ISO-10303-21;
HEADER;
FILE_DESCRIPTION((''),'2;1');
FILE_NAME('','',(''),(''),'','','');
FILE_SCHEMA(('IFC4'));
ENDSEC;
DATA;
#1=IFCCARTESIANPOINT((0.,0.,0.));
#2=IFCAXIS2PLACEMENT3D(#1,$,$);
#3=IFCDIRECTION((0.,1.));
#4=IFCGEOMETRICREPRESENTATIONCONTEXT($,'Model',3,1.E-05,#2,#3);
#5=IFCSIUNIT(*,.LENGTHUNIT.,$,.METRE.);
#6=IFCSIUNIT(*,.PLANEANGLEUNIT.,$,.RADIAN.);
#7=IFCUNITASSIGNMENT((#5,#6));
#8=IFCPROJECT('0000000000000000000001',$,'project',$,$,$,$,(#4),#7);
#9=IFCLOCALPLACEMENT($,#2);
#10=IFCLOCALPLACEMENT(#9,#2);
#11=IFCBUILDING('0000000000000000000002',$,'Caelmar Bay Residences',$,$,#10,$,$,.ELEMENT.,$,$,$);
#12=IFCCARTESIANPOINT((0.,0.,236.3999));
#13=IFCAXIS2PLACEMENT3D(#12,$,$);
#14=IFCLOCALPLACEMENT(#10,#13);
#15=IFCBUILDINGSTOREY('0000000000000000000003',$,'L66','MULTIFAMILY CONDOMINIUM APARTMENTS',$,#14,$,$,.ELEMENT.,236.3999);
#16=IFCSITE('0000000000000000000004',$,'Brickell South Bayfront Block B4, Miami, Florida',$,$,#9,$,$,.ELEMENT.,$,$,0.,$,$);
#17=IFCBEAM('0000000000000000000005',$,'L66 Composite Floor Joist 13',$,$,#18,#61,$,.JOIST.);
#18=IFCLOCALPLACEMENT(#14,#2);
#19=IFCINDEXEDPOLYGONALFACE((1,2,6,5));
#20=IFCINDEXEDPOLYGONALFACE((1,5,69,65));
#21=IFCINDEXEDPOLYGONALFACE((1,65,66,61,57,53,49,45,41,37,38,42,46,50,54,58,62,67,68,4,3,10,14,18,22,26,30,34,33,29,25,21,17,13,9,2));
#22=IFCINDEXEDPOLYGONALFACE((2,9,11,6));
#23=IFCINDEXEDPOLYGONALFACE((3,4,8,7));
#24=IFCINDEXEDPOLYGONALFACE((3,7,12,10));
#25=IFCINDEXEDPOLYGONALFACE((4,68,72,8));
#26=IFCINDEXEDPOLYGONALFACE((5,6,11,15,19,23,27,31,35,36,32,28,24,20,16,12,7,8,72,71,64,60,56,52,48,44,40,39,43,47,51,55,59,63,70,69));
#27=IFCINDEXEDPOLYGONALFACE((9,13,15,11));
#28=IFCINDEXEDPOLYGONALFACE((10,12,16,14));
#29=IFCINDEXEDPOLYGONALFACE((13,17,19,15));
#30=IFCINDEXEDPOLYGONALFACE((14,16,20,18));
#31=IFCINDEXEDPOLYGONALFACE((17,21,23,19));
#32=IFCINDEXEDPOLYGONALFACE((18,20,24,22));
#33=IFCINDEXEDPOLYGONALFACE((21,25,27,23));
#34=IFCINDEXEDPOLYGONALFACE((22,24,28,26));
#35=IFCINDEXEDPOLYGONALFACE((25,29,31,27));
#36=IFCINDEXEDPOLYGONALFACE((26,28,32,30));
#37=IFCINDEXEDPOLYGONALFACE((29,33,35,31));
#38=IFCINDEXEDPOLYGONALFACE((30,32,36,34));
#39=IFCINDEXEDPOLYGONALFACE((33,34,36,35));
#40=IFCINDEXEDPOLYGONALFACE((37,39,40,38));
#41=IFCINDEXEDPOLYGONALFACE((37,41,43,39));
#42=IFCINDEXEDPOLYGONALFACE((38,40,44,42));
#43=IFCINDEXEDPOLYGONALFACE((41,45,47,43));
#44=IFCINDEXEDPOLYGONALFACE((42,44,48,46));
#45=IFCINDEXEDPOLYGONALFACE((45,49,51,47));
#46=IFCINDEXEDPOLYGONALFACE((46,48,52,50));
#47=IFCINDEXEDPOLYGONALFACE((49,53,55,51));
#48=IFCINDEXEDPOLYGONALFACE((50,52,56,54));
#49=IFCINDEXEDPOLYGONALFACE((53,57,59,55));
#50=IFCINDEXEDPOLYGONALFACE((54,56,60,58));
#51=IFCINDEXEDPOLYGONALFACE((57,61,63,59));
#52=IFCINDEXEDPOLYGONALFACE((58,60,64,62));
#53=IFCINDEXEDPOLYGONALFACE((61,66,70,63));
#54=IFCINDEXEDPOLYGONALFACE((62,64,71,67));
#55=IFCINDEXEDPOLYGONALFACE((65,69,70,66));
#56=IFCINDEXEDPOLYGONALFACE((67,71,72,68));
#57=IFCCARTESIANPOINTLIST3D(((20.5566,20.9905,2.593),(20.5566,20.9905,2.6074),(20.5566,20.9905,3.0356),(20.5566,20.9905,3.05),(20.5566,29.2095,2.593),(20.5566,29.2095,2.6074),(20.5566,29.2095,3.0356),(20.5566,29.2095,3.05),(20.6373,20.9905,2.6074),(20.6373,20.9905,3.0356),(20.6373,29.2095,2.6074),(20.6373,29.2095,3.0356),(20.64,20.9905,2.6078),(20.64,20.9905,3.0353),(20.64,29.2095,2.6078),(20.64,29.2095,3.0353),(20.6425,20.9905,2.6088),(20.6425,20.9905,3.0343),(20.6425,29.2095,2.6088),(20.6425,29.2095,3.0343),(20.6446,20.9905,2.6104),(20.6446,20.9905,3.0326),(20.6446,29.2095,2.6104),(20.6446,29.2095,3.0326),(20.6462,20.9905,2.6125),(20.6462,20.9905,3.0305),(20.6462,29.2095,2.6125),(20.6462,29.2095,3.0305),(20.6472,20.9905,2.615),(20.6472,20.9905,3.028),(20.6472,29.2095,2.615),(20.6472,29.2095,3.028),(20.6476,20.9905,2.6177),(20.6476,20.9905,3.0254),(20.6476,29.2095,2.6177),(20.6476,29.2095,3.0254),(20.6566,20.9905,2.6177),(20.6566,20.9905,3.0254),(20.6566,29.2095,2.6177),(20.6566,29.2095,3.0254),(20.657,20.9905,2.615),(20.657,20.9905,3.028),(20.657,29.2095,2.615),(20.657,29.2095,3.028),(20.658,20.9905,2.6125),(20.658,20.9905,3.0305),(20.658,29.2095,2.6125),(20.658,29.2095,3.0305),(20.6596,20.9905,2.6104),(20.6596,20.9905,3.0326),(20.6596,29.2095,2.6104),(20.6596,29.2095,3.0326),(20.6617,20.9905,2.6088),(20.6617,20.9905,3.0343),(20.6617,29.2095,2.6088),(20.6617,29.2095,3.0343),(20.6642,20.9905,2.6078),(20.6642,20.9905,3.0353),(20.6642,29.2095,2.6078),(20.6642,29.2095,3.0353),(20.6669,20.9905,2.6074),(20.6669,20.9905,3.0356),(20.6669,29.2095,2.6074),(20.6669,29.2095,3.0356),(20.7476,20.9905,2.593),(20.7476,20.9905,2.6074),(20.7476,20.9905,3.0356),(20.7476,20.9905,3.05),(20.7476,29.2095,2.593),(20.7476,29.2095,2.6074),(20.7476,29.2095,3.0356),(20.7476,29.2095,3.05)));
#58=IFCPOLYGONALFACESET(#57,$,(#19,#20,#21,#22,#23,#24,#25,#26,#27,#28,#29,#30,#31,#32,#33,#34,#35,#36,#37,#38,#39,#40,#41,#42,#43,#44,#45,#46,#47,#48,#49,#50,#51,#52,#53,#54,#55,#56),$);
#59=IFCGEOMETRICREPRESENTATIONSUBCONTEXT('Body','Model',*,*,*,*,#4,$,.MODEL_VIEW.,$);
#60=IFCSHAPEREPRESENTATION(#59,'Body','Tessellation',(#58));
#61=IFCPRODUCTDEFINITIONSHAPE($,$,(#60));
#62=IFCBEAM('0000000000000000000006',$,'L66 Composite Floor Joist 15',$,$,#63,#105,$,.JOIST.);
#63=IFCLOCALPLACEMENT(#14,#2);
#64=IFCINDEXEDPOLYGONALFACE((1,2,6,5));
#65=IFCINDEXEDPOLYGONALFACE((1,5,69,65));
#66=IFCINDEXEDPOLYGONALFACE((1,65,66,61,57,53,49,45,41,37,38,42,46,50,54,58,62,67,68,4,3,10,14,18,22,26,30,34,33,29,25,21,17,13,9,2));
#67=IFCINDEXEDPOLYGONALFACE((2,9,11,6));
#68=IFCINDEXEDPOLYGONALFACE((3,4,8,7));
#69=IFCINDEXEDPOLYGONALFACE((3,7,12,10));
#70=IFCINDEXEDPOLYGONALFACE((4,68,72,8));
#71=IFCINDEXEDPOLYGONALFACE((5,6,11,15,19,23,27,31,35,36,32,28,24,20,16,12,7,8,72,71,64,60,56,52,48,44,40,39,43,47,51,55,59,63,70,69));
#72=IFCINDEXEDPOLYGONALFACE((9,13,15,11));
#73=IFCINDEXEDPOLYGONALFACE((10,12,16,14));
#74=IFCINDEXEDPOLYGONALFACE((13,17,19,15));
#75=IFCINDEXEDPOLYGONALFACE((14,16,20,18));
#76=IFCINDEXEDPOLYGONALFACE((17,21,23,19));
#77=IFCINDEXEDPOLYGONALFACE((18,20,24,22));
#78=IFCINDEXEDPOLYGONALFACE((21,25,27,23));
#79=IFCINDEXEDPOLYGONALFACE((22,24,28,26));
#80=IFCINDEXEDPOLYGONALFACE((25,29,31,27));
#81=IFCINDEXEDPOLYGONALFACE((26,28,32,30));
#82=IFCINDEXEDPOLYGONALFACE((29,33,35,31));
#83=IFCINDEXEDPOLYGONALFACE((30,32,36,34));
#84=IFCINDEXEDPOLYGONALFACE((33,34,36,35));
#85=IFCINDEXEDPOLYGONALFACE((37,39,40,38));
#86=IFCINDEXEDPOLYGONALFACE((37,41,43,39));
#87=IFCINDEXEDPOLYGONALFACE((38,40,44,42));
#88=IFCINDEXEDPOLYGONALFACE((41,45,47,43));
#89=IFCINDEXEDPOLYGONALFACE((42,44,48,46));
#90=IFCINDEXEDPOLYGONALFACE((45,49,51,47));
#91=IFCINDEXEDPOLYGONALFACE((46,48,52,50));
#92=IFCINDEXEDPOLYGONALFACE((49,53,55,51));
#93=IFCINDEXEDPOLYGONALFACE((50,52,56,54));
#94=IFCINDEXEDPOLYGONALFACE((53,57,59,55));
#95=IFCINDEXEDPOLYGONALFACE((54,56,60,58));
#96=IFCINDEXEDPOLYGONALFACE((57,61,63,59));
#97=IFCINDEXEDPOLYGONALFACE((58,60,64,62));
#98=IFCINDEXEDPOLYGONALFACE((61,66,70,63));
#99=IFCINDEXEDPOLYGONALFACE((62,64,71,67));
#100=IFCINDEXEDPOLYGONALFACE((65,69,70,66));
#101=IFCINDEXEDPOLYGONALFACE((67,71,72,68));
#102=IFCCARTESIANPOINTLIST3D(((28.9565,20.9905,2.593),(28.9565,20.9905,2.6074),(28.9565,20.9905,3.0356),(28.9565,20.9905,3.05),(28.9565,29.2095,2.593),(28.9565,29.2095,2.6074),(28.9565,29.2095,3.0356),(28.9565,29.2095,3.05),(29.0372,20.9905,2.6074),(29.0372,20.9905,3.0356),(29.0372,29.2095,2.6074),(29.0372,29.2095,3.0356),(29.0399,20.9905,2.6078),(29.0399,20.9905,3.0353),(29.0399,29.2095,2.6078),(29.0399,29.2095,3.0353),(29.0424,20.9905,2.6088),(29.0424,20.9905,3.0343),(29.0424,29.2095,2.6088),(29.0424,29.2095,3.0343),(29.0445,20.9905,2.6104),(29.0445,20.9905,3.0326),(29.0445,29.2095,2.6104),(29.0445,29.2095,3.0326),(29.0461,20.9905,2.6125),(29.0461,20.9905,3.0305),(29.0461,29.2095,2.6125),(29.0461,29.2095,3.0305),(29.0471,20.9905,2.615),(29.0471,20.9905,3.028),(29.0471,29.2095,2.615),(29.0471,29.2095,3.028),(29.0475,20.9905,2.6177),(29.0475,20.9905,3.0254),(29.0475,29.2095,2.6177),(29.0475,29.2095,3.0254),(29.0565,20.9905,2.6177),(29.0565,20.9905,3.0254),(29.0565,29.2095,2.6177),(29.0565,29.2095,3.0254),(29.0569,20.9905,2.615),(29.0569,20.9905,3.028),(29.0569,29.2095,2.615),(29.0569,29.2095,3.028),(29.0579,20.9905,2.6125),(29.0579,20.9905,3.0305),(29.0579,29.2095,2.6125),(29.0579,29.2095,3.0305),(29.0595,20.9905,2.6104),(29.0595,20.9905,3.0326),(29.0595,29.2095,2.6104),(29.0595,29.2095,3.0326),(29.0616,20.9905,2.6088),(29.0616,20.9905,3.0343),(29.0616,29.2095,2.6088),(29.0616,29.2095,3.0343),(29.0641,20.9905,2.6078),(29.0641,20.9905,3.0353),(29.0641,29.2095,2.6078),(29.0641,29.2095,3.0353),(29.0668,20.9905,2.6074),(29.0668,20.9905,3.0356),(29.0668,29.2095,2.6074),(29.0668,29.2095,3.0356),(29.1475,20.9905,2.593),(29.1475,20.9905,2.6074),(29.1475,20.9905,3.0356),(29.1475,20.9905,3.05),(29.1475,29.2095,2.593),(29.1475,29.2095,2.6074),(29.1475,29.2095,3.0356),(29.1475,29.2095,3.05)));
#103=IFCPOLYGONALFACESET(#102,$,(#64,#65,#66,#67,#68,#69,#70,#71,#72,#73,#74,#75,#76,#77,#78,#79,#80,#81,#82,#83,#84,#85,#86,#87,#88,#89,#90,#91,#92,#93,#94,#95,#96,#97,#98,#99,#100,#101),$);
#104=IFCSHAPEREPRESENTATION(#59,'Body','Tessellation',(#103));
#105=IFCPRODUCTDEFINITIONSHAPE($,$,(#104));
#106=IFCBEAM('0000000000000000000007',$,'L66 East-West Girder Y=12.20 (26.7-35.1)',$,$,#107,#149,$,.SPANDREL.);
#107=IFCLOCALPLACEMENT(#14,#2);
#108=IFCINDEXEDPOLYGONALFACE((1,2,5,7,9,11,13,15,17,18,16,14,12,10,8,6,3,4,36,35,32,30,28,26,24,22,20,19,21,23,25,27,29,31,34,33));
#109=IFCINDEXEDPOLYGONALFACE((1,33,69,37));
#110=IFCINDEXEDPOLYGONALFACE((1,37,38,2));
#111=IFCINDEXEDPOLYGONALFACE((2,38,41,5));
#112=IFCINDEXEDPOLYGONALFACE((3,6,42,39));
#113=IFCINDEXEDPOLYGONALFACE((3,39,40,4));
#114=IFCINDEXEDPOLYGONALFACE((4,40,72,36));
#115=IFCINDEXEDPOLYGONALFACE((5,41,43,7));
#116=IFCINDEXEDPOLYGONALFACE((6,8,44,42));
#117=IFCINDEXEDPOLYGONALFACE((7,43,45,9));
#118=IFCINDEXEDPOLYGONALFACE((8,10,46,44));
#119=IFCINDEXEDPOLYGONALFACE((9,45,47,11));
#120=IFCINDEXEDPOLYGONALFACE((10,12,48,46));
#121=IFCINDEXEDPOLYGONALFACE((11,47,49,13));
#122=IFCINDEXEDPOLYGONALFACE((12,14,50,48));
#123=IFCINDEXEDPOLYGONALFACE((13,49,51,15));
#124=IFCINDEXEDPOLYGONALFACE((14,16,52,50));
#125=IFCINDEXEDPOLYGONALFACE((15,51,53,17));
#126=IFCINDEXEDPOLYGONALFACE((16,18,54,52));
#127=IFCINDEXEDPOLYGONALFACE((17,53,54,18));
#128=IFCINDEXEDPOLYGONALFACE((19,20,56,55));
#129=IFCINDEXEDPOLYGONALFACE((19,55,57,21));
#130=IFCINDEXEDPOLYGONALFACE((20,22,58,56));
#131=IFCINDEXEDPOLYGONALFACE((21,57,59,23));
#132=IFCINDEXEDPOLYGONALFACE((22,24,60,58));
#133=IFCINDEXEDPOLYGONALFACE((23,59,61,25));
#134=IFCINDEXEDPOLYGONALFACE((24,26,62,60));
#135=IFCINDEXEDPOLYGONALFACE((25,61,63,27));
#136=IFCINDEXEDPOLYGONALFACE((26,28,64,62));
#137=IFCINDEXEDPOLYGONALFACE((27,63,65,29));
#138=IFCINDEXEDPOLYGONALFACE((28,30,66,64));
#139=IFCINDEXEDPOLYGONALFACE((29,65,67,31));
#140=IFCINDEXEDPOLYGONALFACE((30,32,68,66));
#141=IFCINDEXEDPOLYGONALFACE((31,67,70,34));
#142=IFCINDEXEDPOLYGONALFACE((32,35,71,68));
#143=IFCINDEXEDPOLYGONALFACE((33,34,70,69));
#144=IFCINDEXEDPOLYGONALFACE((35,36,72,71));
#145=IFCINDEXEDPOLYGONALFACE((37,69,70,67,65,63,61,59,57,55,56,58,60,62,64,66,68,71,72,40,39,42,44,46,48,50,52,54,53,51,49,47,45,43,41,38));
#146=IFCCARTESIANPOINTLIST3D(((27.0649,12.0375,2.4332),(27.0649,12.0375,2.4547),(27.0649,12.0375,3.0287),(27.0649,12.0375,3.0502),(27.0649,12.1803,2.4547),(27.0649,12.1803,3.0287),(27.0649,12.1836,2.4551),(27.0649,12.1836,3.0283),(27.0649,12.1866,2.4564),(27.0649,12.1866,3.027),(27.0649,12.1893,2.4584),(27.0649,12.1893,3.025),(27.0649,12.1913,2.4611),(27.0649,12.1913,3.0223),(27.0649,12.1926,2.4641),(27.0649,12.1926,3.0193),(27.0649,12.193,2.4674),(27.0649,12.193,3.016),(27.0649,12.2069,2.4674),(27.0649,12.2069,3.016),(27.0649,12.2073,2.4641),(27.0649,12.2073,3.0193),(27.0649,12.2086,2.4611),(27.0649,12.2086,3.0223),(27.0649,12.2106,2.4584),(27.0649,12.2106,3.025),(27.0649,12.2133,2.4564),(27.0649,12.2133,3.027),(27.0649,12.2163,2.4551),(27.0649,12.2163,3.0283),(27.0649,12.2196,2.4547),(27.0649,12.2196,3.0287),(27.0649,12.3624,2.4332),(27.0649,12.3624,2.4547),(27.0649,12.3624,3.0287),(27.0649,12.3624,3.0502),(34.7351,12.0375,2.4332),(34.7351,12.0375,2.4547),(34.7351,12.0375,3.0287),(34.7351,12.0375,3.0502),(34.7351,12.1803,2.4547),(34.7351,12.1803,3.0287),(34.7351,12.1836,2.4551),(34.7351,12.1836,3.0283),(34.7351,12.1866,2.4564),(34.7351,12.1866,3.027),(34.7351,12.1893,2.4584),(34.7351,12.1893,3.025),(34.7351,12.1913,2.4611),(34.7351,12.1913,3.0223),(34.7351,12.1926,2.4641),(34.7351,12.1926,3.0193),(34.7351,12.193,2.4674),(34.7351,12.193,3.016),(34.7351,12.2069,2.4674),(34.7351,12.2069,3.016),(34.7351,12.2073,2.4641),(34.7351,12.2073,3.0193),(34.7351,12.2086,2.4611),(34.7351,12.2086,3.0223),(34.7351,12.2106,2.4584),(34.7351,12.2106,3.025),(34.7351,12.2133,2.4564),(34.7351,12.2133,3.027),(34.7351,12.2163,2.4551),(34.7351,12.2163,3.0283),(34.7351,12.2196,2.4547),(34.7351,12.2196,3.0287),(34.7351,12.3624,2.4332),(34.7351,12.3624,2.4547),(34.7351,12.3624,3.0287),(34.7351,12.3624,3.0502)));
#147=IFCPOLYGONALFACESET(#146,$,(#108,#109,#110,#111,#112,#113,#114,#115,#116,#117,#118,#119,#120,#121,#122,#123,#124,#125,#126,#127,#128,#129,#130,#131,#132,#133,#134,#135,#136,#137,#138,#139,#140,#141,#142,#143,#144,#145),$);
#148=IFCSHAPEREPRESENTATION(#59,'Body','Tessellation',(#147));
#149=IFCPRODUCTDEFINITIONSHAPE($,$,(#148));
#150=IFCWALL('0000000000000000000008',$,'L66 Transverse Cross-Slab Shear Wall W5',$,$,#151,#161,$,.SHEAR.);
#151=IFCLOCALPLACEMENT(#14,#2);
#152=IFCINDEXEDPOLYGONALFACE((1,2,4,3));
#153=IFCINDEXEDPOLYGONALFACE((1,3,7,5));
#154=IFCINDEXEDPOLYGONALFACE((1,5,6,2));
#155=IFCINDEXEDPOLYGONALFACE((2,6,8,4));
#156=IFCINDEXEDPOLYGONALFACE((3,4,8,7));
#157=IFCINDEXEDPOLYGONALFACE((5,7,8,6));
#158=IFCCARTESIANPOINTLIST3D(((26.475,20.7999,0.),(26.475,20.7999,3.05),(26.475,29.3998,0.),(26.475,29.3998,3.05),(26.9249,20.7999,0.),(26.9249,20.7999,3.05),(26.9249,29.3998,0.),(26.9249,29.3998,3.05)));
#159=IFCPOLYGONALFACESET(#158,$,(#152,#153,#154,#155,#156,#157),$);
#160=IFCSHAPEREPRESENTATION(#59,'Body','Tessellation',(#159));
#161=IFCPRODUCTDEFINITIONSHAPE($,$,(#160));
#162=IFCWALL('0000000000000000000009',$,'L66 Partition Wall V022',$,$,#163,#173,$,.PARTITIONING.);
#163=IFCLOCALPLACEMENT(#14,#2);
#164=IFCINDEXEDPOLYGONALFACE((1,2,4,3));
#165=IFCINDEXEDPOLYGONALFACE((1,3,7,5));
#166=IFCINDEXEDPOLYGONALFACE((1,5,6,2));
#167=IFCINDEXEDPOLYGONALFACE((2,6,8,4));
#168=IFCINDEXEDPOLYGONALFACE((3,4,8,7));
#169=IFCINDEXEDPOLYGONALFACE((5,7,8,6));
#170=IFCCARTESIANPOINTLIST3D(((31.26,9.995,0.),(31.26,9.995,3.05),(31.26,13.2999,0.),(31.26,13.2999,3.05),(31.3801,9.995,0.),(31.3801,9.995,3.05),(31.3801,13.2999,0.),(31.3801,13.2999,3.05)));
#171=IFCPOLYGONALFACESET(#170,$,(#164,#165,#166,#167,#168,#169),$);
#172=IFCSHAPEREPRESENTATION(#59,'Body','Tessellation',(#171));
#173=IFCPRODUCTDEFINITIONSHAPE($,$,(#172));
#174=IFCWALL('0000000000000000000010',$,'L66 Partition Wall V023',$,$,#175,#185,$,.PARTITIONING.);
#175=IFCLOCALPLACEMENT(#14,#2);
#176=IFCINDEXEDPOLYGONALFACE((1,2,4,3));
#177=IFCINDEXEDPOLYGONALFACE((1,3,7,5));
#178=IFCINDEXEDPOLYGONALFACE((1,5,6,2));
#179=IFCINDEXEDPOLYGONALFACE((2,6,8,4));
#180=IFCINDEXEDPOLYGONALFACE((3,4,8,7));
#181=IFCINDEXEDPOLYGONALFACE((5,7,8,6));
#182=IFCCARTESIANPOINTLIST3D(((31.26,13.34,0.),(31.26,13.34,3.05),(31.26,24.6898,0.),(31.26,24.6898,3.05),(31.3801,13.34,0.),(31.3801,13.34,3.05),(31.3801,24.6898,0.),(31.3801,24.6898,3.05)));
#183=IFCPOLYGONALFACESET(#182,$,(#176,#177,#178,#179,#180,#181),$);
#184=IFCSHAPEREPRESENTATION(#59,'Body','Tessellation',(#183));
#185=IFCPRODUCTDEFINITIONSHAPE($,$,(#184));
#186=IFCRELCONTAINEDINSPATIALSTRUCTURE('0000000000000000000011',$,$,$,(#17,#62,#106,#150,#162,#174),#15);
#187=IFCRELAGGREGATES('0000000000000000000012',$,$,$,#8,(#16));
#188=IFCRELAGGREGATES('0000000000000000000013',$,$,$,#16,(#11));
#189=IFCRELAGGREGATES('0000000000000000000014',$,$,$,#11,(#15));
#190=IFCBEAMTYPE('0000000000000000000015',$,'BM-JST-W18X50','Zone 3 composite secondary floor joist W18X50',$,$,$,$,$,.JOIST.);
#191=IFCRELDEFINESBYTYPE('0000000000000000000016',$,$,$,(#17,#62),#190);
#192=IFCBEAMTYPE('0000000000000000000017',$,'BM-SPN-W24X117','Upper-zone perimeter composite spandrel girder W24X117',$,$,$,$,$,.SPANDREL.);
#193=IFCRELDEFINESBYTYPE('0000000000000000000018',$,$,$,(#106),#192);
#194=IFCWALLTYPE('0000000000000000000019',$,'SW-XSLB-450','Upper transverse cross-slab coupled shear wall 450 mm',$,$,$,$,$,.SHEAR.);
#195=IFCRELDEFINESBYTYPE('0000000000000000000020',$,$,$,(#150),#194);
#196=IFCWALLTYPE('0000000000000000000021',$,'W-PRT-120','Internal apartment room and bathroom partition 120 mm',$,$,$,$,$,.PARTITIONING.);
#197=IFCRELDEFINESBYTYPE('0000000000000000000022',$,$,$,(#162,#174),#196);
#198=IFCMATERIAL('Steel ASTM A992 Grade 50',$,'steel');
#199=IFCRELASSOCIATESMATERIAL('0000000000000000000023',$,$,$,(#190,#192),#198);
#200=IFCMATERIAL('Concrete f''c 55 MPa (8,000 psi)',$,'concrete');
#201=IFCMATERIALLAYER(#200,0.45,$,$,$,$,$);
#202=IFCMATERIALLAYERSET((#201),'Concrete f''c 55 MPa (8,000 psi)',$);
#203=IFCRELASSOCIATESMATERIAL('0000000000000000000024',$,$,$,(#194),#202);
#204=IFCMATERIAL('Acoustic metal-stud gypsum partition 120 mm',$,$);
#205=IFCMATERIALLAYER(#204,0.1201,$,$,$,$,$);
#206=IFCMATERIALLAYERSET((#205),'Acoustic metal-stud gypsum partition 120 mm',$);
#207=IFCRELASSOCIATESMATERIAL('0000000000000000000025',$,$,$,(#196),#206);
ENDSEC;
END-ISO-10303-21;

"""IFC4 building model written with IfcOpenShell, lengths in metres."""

from ifc_helpers import new_model, si_unit, direction, frame, frame_2d, origin, origin_2d, place, context, subcontext, project, spatial, rectangle, i_section, extrude, material, layer, layer_set, material_profile, profile_set, type_object, element, save


model = new_model("IFC4")

# Units and contexts
model_context = context("Model", 3, precision=1e-05, world=origin(), true_north=direction((0.0, 1.0)))
body_context = subcontext(model_context, "Body", "Model", "MODEL_VIEW")
ifc_project = project(units=[si_unit("LENGTHUNIT", "METRE"), si_unit("PLANEANGLEUNIT", "RADIAN")], contexts=[model_context])

# Site, building, storey
site_placement = place(None, origin())
site = spatial("IfcSite", under=ifc_project, at=site_placement, Name="Brickell South Bayfront Block B4, Miami, Florida", CompositionType="ELEMENT", RefElevation=0.0)
building_placement = place(site_placement, origin())
building = spatial("IfcBuilding", under=site, at=building_placement, Name="Caelmar Bay Residences", CompositionType="ELEMENT")
storey_placement = place(building_placement, frame((0.0, 0.0, 236.3999)))
storey = spatial("IfcBuildingStorey", under=building, at=storey_placement, Name="L66", Description="MULTIFAMILY CONDOMINIUM APARTMENTS", CompositionType="ELEMENT", Elevation=236.3999)

# Shared definitions
ifc_material_1 = material(Name="Concrete f'c 55 MPa (8,000 psi)", Category="concrete")

# Beams
ifc_material_2 = material(Name="Steel ASTM A992 Grade 50", Category="steel")
ifc_material_profile_1 = material_profile(ifc_material_2, i_section(OverallWidth=0.1909, OverallDepth=0.457, WebThickness=0.009, FlangeThickness=0.0144, FilletRadius=0.0103, at=origin_2d()), Name="W18X50")
ifc_profile_set_1 = profile_set([ifc_material_profile_1], Name="Steel ASTM A992 Grade 50")
beam_type_1 = type_object("IfcBeamType", Name="BM-JST-W18X50", Description="Zone 3 composite secondary floor joist W18X50", PredefinedType="JOIST", material=ifc_profile_set_1)
for number, where, z_axis, x_axis, name in (
    (1, (20.6521, 20.9905, 2.8215), (0.0, 1.0, 0.0), (-1.0, 0.0, 0.0), "L66 Composite Floor Joist 13"),
    (2, (29.052, 20.9905, 2.8215), (0.0, 1.0, 0.0), (-1.0, 0.0, 0.0), "L66 Composite Floor Joist 15"),
):
    element("IfcBeam", number, at=place(storey_placement, frame(where, z_axis=z_axis, x_axis=x_axis)), inside=storey, type_object=beam_type_1, Name=name, PredefinedType="JOIST", context=body_context, shape_type="SweptSolid", body=[
        extrude(i_section(OverallWidth=0.1909, OverallDepth=0.457, WebThickness=0.009, FlangeThickness=0.0144, FilletRadius=0.0103, at=origin_2d()), origin(), (0.0, 0.0, 1.0), 8.219),
    ])
ifc_material_profile_2 = material_profile(ifc_material_2, i_section(OverallWidth=0.325, OverallDepth=0.6169, WebThickness=0.0139, FlangeThickness=0.0215, FilletRadius=0.0127, at=origin_2d()), Name="W24X117")
ifc_profile_set_2 = profile_set([ifc_material_profile_2], Name="Steel ASTM A992 Grade 50")
beam_type_2 = type_object("IfcBeamType", Name="BM-SPN-W24X117", Description="Upper-zone perimeter composite spandrel girder W24X117", PredefinedType="SPANDREL", material=ifc_profile_set_2)
beam_1_placement = place(storey_placement, frame((27.0649, 12.2, 2.7417), z_axis=(1.0, 0.0, 0.0), x_axis=(0.0, 1.0, 0.0)))
element("IfcBeam", 3, at=beam_1_placement, inside=storey, type_object=beam_type_2, Name="L66 East-West Girder Y=12.20 (26.7-35.1)", PredefinedType="SPANDREL", context=body_context, shape_type="SweptSolid", body=[
    extrude(i_section(OverallWidth=0.325, OverallDepth=0.6169, WebThickness=0.0139, FlangeThickness=0.0215, FilletRadius=0.0127, at=origin_2d()), origin(), (0.0, 0.0, 1.0), 7.6702),
])

# Walls
ifc_layer_1 = layer(ifc_material_1, 0.45)
ifc_layer_set_1 = layer_set([ifc_layer_1], Name="Concrete f'c 55 MPa (8,000 psi)")
wall_type_1 = type_object("IfcWallType", Name="SW-XSLB-450", Description="Upper transverse cross-slab coupled shear wall 450 mm", PredefinedType="SHEAR", material=ifc_layer_set_1)
wall_1_placement = place(storey_placement, frame((26.7, 20.8, 0.0), z_axis=(0.0, 0.0, 1.0), x_axis=(0.0, 1.0, 0.0)))
element("IfcWall", 4, at=wall_1_placement, inside=storey, type_object=wall_type_1, Name="L66 Transverse Cross-Slab Shear Wall W5", PredefinedType="SHEAR", context=body_context, shape_type="SweptSolid", body=[
    extrude(rectangle(XDim=8.5999, YDim=0.45, at=frame_2d((4.2998, 0.0))), origin(), (0.0, 0.0, 1.0), 3.05),
])
ifc_material_3 = material(Name="Acoustic metal-stud gypsum partition 120 mm")
ifc_layer_2 = layer(ifc_material_3, 0.1201)
ifc_layer_set_2 = layer_set([ifc_layer_2], Name="Acoustic metal-stud gypsum partition 120 mm")
wall_type_2 = type_object("IfcWallType", Name="W-PRT-120", Description="Internal apartment room and bathroom partition 120 mm", PredefinedType="PARTITIONING", material=ifc_layer_set_2)
wall_2_placement = place(storey_placement, frame((31.3201, 9.9951, 0.0), z_axis=(0.0, 0.0, 1.0), x_axis=(0.0, 1.0, 0.0)))
element("IfcWall", 5, at=wall_2_placement, inside=storey, type_object=wall_type_2, Name="L66 Partition Wall V022", PredefinedType="PARTITIONING", context=body_context, shape_type="SweptSolid", body=[
    extrude(rectangle(XDim=3.3049, YDim=0.1201, at=frame_2d((1.6523, 0.0))), origin(), (0.0, 0.0, 1.0), 3.05),
])
wall_3_placement = place(storey_placement, frame((31.3201, 13.3401, 0.0), z_axis=(0.0, 0.0, 1.0), x_axis=(0.0, 1.0, 0.0)))
element("IfcWall", 6, at=wall_3_placement, inside=storey, type_object=wall_type_2, Name="L66 Partition Wall V023", PredefinedType="PARTITIONING", context=body_context, shape_type="SweptSolid", body=[
    extrude(rectangle(XDim=11.3499, YDim=0.1201, at=frame_2d((5.6748, 0.0))), origin(), (0.0, 0.0, 1.0), 3.05),
])

save(model, "model.ifc")
